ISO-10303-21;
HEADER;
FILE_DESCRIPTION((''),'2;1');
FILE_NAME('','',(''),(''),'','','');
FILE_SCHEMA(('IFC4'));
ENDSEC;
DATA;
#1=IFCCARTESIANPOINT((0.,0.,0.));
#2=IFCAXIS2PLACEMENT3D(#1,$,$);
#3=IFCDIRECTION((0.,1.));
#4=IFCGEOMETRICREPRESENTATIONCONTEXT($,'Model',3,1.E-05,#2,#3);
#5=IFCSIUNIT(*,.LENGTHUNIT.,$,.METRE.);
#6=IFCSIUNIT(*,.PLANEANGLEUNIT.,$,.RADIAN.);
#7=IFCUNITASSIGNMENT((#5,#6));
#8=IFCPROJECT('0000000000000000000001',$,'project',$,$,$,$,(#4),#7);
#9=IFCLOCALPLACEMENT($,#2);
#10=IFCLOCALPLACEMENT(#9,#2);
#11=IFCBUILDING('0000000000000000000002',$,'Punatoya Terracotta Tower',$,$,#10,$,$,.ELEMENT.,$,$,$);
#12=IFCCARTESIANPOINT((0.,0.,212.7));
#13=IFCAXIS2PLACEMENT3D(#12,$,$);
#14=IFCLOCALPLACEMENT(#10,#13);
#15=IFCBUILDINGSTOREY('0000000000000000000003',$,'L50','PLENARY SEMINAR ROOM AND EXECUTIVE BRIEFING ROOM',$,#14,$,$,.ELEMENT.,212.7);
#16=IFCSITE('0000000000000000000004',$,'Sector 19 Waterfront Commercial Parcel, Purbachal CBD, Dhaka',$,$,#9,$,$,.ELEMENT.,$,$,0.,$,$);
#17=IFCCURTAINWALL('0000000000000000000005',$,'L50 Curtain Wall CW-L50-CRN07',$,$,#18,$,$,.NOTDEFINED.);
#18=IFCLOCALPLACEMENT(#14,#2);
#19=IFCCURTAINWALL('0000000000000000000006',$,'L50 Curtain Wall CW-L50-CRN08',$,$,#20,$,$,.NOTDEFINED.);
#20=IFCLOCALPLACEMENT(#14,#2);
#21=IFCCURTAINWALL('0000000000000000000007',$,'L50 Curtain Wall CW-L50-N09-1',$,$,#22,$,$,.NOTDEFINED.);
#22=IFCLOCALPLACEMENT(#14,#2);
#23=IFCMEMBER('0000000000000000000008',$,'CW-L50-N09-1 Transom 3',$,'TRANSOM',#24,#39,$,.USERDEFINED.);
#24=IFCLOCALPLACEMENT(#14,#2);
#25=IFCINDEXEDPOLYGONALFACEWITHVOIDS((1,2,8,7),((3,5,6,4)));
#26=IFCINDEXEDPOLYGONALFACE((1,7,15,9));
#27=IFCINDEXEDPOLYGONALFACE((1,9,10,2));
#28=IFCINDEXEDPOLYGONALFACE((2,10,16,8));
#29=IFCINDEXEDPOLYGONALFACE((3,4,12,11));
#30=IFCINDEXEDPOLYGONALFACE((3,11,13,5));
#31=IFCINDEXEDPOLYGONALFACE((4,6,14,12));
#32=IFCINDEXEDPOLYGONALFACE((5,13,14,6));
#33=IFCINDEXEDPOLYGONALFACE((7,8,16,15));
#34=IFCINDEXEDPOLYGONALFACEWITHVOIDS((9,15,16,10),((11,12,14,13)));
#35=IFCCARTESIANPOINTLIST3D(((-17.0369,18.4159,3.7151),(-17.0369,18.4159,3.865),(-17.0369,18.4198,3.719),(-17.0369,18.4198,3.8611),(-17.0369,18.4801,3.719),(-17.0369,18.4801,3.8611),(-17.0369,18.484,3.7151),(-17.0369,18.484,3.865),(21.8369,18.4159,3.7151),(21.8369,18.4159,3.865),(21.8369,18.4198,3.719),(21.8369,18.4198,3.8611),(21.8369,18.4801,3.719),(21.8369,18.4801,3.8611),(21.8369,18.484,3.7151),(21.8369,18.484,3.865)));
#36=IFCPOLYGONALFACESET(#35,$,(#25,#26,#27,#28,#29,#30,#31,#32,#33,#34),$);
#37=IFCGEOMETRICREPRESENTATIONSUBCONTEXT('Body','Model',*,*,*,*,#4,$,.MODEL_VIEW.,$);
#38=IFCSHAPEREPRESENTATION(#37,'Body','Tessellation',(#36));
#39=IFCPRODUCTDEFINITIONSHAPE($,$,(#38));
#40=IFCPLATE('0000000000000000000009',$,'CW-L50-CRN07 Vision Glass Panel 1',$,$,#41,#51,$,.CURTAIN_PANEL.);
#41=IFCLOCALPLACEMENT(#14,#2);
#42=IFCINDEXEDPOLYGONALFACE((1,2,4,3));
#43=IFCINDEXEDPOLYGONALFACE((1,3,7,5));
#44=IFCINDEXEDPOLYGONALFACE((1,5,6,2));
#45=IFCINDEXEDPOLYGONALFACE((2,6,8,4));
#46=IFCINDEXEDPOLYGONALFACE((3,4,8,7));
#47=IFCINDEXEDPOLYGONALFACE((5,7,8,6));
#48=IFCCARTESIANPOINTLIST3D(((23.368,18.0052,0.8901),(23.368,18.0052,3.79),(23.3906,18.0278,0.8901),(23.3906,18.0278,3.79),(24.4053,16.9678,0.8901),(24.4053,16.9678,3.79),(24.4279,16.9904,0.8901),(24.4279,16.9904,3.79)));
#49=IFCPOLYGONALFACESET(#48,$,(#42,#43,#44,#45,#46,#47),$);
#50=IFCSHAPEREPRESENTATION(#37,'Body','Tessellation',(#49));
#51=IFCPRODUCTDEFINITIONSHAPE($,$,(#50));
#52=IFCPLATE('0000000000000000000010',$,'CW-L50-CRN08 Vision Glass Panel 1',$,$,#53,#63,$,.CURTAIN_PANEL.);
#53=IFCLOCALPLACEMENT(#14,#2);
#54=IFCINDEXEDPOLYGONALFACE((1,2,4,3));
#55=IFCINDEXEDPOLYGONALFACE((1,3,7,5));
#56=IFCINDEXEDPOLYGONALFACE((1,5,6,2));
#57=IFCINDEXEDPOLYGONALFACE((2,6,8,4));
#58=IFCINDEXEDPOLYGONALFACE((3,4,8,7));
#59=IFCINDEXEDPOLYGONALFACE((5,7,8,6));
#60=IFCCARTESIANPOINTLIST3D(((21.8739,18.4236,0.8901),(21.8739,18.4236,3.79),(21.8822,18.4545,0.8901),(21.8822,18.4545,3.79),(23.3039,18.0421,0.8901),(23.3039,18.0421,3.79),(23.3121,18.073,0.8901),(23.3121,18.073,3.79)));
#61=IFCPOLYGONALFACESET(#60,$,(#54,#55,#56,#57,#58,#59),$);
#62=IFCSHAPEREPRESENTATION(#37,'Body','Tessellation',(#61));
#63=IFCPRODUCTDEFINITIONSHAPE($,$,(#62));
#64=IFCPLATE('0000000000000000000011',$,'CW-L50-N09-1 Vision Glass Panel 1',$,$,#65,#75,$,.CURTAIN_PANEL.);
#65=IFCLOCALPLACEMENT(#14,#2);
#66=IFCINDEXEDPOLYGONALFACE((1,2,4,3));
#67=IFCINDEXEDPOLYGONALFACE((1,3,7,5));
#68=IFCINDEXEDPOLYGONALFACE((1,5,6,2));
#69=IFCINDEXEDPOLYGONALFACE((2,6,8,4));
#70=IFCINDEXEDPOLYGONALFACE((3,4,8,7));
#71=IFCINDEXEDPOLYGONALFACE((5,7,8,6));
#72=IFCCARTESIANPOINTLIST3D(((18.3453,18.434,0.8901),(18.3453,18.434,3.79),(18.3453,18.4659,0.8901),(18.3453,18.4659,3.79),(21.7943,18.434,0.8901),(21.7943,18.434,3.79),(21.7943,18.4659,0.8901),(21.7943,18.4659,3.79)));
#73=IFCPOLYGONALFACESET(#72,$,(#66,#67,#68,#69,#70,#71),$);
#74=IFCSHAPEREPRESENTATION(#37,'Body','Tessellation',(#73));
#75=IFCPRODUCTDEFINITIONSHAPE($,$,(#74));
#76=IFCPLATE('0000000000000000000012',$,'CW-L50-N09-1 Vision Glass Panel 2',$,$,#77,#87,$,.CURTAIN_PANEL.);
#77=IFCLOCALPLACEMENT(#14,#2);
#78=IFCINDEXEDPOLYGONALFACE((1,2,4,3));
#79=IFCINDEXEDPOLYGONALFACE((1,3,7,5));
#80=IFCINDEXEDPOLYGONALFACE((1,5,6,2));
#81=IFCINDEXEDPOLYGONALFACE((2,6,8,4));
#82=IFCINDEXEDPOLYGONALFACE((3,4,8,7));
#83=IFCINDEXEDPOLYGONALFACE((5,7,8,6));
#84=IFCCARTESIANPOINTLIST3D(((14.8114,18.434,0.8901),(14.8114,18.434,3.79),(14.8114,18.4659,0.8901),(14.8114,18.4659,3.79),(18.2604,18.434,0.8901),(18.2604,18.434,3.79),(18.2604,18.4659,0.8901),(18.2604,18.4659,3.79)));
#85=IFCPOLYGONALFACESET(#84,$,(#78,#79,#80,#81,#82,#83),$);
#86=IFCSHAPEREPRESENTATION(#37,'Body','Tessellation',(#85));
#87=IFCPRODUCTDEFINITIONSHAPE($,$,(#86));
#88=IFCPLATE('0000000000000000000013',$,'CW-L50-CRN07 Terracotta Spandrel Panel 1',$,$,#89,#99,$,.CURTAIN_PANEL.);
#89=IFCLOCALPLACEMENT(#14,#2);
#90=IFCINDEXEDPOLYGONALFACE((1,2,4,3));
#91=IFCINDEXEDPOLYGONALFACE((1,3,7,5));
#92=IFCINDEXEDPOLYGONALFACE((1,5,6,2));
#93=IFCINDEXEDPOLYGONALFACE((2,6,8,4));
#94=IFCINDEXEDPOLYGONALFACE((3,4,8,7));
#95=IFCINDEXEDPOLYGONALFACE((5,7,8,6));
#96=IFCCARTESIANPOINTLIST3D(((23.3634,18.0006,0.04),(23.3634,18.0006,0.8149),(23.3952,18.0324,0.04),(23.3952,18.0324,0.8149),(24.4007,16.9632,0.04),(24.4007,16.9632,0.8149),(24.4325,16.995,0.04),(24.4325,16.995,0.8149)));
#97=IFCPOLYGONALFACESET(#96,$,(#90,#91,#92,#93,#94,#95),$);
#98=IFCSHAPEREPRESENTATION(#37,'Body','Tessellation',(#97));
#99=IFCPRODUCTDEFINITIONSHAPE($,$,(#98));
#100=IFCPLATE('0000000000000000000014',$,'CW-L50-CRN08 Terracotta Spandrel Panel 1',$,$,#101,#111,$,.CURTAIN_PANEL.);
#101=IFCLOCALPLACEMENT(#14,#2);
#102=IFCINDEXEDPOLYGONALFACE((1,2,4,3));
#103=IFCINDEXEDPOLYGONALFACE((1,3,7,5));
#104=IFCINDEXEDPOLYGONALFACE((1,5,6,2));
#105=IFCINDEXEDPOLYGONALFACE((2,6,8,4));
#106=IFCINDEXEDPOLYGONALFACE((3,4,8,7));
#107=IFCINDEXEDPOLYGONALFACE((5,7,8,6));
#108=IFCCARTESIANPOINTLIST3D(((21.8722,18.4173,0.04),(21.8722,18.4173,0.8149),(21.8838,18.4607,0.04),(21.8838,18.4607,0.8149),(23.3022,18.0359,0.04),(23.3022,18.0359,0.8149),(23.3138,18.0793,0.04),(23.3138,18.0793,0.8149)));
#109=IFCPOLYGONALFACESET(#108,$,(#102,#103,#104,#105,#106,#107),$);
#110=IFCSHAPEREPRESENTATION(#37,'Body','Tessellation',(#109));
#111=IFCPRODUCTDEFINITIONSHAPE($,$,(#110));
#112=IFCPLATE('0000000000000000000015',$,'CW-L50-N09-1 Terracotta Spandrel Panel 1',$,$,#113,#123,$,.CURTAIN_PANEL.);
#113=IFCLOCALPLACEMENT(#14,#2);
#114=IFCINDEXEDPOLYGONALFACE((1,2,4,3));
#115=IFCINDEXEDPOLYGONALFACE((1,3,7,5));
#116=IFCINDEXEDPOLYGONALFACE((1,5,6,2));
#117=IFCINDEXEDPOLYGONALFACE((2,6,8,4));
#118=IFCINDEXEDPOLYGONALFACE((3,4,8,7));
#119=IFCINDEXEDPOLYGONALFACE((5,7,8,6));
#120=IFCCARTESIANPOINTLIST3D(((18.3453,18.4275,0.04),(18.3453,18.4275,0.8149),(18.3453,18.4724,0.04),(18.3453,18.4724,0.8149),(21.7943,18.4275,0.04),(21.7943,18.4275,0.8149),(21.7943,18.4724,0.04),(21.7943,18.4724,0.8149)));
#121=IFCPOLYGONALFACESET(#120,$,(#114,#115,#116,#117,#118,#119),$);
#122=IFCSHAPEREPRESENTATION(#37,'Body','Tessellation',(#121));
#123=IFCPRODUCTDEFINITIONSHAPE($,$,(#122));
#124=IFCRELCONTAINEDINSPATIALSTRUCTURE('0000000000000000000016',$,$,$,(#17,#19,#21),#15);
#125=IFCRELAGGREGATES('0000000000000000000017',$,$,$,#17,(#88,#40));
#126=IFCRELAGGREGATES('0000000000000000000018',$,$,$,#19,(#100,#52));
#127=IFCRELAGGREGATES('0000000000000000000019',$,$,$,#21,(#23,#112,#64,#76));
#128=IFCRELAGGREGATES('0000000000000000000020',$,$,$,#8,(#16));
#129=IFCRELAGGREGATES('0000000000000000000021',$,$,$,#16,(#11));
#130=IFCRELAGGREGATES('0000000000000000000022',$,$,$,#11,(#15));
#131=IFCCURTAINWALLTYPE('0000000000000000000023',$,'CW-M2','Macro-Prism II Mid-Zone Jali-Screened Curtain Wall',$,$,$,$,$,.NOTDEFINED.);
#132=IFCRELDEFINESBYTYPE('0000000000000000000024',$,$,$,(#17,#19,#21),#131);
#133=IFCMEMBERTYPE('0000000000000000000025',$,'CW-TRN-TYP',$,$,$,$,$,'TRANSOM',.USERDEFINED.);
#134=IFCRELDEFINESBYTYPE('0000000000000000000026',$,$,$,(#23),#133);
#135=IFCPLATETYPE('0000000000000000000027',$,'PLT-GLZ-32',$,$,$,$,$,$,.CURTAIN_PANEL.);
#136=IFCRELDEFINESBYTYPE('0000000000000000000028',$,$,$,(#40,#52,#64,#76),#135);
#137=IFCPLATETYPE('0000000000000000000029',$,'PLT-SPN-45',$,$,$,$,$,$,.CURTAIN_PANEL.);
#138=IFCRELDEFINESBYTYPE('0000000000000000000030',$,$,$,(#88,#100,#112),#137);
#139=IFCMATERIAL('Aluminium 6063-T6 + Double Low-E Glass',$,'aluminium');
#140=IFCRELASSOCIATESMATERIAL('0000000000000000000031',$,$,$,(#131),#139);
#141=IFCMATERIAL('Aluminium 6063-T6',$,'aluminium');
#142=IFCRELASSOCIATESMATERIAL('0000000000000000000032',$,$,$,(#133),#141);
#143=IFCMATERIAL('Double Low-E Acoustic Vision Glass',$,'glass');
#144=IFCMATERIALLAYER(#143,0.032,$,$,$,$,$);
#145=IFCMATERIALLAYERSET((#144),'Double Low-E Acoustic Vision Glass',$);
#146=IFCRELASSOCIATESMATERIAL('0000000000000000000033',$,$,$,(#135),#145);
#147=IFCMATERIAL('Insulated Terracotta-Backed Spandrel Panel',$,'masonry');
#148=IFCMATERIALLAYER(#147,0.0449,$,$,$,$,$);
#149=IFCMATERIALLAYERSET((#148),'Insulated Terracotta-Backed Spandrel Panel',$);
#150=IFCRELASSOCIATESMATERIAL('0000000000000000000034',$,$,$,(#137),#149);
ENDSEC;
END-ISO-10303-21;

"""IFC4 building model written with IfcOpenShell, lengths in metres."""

from ifc_helpers import new_model, si_unit, direction, frame, origin, origin_2d, place, context, subcontext, project, spatial, rectangle, hollow_rectangle, extrude, material, layer, layer_set, material_profile, profile_set, type_object, element, aggregate, save


model = new_model("IFC4")

# Units and contexts
model_context = context("Model", 3, precision=1e-05, world=origin(), true_north=direction((0.0, 1.0)))
body_context = subcontext(model_context, "Body", "Model", "MODEL_VIEW")
ifc_project = project(units=[si_unit("LENGTHUNIT", "METRE"), si_unit("PLANEANGLEUNIT", "RADIAN")], contexts=[model_context])

# Site, building, storey
site_placement = place(None, origin())
site = spatial("IfcSite", under=ifc_project, at=site_placement, Name="Sector 19 Waterfront Commercial Parcel, Purbachal CBD, Dhaka", CompositionType="ELEMENT", RefElevation=0.0)
building_placement = place(site_placement, origin())
building = spatial("IfcBuilding", under=site, at=building_placement, Name="Punatoya Terracotta Tower", CompositionType="ELEMENT")
storey_placement = place(building_placement, frame((0.0, 0.0, 212.7)))
storey = spatial("IfcBuildingStorey", under=building, at=storey_placement, Name="L50", Description="PLENARY SEMINAR ROOM AND EXECUTIVE BRIEFING ROOM", CompositionType="ELEMENT", Elevation=212.7)

# Shared definitions
ifc_material_1 = material(Name="Aluminium 6063-T6 + Double Low-E Glass", Category="aluminium")
curtain_wall_type = type_object("IfcCurtainWallType", Name="CW-M2", Description="Macro-Prism II Mid-Zone Jali-Screened Curtain Wall", PredefinedType="NOTDEFINED", material=ifc_material_1)
ifc_material_2 = material(Name="Aluminium 6063-T6", Category="aluminium")

# Curtain walls
curtain_wall_1_placement = place(storey_placement, origin())
curtain_wall_1 = element("IfcCurtainWall", 1, at=curtain_wall_1_placement, inside=storey, type_object=curtain_wall_type, Name="L50 Curtain Wall CW-L50-CRN07", PredefinedType="NOTDEFINED")
curtain_wall_2_placement = place(storey_placement, origin())
curtain_wall_2 = element("IfcCurtainWall", 2, at=curtain_wall_2_placement, inside=storey, type_object=curtain_wall_type, Name="L50 Curtain Wall CW-L50-CRN08", PredefinedType="NOTDEFINED")
curtain_wall_3_placement = place(storey_placement, origin())
curtain_wall_3 = element("IfcCurtainWall", 3, at=curtain_wall_3_placement, inside=storey, type_object=curtain_wall_type, Name="L50 Curtain Wall CW-L50-N09-1", PredefinedType="NOTDEFINED")

# Member
ifc_material_profile_1 = material_profile(ifc_material_2, hollow_rectangle(XDim=0.0681, YDim=0.1499, WallThickness=0.0039, at=origin_2d()))
ifc_profile_set_1 = profile_set([ifc_material_profile_1], Name="Aluminium 6063-T6")
member_type_1 = type_object("IfcMemberType", Name="CW-TRN-TYP", ElementType="TRANSOM", PredefinedType="USERDEFINED", material=ifc_profile_set_1)
member_1_placement = place(storey_placement, frame((21.8369, 18.45, 3.79), z_axis=(-1.0, 0.0, 0.0), x_axis=(0.0, -1.0, 0.0)))
member_1 = element("IfcMember", 4, at=member_1_placement, type_object=member_type_1, Name="CW-L50-N09-1 Transom 3", ObjectType="TRANSOM", PredefinedType="USERDEFINED", context=body_context, shape_type="SweptSolid", body=[
    extrude(hollow_rectangle(XDim=0.0681, YDim=0.1499, WallThickness=0.0039, at=origin_2d()), origin(), (0.0, 0.0, 1.0), 38.8738),
])

# Plates
ifc_material_3 = material(Name="Double Low-E Acoustic Vision Glass", Category="glass")
ifc_layer_1 = layer(ifc_material_3, 0.032)
ifc_layer_set_1 = layer_set([ifc_layer_1], Name="Double Low-E Acoustic Vision Glass")
plate_type_1 = type_object("IfcPlateType", Name="PLT-GLZ-32", PredefinedType="CURTAIN_PANEL", material=ifc_layer_set_1)
plate_1_placement = place(storey_placement, frame((23.8979, 17.4978, 0.8901), z_axis=(0.0, 0.0, 1.0), x_axis=(-0.707107, 0.707107, 0.0)))
plate_1 = element("IfcPlate", 5, at=plate_1_placement, type_object=plate_type_1, Name="CW-L50-CRN07 Vision Glass Panel 1", PredefinedType="CURTAIN_PANEL", context=body_context, shape_type="SweptSolid", body=[
    extrude(rectangle(XDim=1.467, YDim=0.032, at=origin_2d()), origin(), (0.0, 0.0, 1.0), 2.8999),
])
plate_2_placement = place(storey_placement, frame((22.593, 18.2483, 0.8901), z_axis=(0.0, 0.0, 1.0), x_axis=(-0.966214, 0.257742, 0.0)))
plate_2 = element("IfcPlate", 6, at=plate_2_placement, type_object=plate_type_1, Name="CW-L50-CRN08 Vision Glass Panel 1", PredefinedType="CURTAIN_PANEL", context=body_context, shape_type="SweptSolid", body=[
    extrude(rectangle(XDim=1.48, YDim=0.032, at=origin_2d()), origin(), (0.0, 0.0, 1.0), 2.8999),
])
plate_3_placement = place(storey_placement, frame((20.0698, 18.45, 0.8901), z_axis=(0.0, 0.0, 1.0), x_axis=(-1.0, 0.0, 0.0)))
plate_3 = element("IfcPlate", 7, at=plate_3_placement, type_object=plate_type_1, Name="CW-L50-N09-1 Vision Glass Panel 1", PredefinedType="CURTAIN_PANEL", context=body_context, shape_type="SweptSolid", body=[
    extrude(rectangle(XDim=3.449, YDim=0.032, at=origin_2d()), origin(), (0.0, 0.0, 1.0), 2.8999),
])
plate_4_placement = place(storey_placement, frame((16.5359, 18.45, 0.8901), z_axis=(0.0, 0.0, 1.0), x_axis=(-1.0, 0.0, 0.0)))
plate_4 = element("IfcPlate", 8, at=plate_4_placement, type_object=plate_type_1, Name="CW-L50-N09-1 Vision Glass Panel 2", PredefinedType="CURTAIN_PANEL", context=body_context, shape_type="SweptSolid", body=[
    extrude(rectangle(XDim=3.449, YDim=0.032, at=origin_2d()), origin(), (0.0, 0.0, 1.0), 2.8999),
])
ifc_material_4 = material(Name="Insulated Terracotta-Backed Spandrel Panel", Category="masonry")
ifc_layer_2 = layer(ifc_material_4, 0.0449)
ifc_layer_set_2 = layer_set([ifc_layer_2], Name="Insulated Terracotta-Backed Spandrel Panel")
plate_type_2 = type_object("IfcPlateType", Name="PLT-SPN-45", PredefinedType="CURTAIN_PANEL", material=ifc_layer_set_2)
plate_5_placement = place(storey_placement, frame((23.8979, 17.4978, 0.04), z_axis=(0.0, 0.0, 1.0), x_axis=(-0.707107, 0.707107, 0.0)))
plate_5 = element("IfcPlate", 9, at=plate_5_placement, type_object=plate_type_2, Name="CW-L50-CRN07 Terracotta Spandrel Panel 1", PredefinedType="CURTAIN_PANEL", context=body_context, shape_type="SweptSolid", body=[
    extrude(rectangle(XDim=1.467, YDim=0.0449, at=origin_2d()), origin(), (0.0, 0.0, 1.0), 0.7749),
])
aggregate(curtain_wall_1, [plate_5, plate_1])
plate_6_placement = place(storey_placement, frame((22.593, 18.2483, 0.04), z_axis=(0.0, 0.0, 1.0), x_axis=(-0.966214, 0.257742, 0.0)))
plate_6 = element("IfcPlate", 10, at=plate_6_placement, type_object=plate_type_2, Name="CW-L50-CRN08 Terracotta Spandrel Panel 1", PredefinedType="CURTAIN_PANEL", context=body_context, shape_type="SweptSolid", body=[
    extrude(rectangle(XDim=1.48, YDim=0.0449, at=origin_2d()), origin(), (0.0, 0.0, 1.0), 0.7749),
])
aggregate(curtain_wall_2, [plate_6, plate_2])
plate_7_placement = place(storey_placement, frame((20.0698, 18.45, 0.04), z_axis=(0.0, 0.0, 1.0), x_axis=(-1.0, 0.0, 0.0)))
plate_7 = element("IfcPlate", 11, at=plate_7_placement, type_object=plate_type_2, Name="CW-L50-N09-1 Terracotta Spandrel Panel 1", PredefinedType="CURTAIN_PANEL", context=body_context, shape_type="SweptSolid", body=[
    extrude(rectangle(XDim=3.449, YDim=0.0449, at=origin_2d()), origin(), (0.0, 0.0, 1.0), 0.7749),
])
aggregate(curtain_wall_3, [member_1, plate_7, plate_3, plate_4])

save(model, "model.ifc")
